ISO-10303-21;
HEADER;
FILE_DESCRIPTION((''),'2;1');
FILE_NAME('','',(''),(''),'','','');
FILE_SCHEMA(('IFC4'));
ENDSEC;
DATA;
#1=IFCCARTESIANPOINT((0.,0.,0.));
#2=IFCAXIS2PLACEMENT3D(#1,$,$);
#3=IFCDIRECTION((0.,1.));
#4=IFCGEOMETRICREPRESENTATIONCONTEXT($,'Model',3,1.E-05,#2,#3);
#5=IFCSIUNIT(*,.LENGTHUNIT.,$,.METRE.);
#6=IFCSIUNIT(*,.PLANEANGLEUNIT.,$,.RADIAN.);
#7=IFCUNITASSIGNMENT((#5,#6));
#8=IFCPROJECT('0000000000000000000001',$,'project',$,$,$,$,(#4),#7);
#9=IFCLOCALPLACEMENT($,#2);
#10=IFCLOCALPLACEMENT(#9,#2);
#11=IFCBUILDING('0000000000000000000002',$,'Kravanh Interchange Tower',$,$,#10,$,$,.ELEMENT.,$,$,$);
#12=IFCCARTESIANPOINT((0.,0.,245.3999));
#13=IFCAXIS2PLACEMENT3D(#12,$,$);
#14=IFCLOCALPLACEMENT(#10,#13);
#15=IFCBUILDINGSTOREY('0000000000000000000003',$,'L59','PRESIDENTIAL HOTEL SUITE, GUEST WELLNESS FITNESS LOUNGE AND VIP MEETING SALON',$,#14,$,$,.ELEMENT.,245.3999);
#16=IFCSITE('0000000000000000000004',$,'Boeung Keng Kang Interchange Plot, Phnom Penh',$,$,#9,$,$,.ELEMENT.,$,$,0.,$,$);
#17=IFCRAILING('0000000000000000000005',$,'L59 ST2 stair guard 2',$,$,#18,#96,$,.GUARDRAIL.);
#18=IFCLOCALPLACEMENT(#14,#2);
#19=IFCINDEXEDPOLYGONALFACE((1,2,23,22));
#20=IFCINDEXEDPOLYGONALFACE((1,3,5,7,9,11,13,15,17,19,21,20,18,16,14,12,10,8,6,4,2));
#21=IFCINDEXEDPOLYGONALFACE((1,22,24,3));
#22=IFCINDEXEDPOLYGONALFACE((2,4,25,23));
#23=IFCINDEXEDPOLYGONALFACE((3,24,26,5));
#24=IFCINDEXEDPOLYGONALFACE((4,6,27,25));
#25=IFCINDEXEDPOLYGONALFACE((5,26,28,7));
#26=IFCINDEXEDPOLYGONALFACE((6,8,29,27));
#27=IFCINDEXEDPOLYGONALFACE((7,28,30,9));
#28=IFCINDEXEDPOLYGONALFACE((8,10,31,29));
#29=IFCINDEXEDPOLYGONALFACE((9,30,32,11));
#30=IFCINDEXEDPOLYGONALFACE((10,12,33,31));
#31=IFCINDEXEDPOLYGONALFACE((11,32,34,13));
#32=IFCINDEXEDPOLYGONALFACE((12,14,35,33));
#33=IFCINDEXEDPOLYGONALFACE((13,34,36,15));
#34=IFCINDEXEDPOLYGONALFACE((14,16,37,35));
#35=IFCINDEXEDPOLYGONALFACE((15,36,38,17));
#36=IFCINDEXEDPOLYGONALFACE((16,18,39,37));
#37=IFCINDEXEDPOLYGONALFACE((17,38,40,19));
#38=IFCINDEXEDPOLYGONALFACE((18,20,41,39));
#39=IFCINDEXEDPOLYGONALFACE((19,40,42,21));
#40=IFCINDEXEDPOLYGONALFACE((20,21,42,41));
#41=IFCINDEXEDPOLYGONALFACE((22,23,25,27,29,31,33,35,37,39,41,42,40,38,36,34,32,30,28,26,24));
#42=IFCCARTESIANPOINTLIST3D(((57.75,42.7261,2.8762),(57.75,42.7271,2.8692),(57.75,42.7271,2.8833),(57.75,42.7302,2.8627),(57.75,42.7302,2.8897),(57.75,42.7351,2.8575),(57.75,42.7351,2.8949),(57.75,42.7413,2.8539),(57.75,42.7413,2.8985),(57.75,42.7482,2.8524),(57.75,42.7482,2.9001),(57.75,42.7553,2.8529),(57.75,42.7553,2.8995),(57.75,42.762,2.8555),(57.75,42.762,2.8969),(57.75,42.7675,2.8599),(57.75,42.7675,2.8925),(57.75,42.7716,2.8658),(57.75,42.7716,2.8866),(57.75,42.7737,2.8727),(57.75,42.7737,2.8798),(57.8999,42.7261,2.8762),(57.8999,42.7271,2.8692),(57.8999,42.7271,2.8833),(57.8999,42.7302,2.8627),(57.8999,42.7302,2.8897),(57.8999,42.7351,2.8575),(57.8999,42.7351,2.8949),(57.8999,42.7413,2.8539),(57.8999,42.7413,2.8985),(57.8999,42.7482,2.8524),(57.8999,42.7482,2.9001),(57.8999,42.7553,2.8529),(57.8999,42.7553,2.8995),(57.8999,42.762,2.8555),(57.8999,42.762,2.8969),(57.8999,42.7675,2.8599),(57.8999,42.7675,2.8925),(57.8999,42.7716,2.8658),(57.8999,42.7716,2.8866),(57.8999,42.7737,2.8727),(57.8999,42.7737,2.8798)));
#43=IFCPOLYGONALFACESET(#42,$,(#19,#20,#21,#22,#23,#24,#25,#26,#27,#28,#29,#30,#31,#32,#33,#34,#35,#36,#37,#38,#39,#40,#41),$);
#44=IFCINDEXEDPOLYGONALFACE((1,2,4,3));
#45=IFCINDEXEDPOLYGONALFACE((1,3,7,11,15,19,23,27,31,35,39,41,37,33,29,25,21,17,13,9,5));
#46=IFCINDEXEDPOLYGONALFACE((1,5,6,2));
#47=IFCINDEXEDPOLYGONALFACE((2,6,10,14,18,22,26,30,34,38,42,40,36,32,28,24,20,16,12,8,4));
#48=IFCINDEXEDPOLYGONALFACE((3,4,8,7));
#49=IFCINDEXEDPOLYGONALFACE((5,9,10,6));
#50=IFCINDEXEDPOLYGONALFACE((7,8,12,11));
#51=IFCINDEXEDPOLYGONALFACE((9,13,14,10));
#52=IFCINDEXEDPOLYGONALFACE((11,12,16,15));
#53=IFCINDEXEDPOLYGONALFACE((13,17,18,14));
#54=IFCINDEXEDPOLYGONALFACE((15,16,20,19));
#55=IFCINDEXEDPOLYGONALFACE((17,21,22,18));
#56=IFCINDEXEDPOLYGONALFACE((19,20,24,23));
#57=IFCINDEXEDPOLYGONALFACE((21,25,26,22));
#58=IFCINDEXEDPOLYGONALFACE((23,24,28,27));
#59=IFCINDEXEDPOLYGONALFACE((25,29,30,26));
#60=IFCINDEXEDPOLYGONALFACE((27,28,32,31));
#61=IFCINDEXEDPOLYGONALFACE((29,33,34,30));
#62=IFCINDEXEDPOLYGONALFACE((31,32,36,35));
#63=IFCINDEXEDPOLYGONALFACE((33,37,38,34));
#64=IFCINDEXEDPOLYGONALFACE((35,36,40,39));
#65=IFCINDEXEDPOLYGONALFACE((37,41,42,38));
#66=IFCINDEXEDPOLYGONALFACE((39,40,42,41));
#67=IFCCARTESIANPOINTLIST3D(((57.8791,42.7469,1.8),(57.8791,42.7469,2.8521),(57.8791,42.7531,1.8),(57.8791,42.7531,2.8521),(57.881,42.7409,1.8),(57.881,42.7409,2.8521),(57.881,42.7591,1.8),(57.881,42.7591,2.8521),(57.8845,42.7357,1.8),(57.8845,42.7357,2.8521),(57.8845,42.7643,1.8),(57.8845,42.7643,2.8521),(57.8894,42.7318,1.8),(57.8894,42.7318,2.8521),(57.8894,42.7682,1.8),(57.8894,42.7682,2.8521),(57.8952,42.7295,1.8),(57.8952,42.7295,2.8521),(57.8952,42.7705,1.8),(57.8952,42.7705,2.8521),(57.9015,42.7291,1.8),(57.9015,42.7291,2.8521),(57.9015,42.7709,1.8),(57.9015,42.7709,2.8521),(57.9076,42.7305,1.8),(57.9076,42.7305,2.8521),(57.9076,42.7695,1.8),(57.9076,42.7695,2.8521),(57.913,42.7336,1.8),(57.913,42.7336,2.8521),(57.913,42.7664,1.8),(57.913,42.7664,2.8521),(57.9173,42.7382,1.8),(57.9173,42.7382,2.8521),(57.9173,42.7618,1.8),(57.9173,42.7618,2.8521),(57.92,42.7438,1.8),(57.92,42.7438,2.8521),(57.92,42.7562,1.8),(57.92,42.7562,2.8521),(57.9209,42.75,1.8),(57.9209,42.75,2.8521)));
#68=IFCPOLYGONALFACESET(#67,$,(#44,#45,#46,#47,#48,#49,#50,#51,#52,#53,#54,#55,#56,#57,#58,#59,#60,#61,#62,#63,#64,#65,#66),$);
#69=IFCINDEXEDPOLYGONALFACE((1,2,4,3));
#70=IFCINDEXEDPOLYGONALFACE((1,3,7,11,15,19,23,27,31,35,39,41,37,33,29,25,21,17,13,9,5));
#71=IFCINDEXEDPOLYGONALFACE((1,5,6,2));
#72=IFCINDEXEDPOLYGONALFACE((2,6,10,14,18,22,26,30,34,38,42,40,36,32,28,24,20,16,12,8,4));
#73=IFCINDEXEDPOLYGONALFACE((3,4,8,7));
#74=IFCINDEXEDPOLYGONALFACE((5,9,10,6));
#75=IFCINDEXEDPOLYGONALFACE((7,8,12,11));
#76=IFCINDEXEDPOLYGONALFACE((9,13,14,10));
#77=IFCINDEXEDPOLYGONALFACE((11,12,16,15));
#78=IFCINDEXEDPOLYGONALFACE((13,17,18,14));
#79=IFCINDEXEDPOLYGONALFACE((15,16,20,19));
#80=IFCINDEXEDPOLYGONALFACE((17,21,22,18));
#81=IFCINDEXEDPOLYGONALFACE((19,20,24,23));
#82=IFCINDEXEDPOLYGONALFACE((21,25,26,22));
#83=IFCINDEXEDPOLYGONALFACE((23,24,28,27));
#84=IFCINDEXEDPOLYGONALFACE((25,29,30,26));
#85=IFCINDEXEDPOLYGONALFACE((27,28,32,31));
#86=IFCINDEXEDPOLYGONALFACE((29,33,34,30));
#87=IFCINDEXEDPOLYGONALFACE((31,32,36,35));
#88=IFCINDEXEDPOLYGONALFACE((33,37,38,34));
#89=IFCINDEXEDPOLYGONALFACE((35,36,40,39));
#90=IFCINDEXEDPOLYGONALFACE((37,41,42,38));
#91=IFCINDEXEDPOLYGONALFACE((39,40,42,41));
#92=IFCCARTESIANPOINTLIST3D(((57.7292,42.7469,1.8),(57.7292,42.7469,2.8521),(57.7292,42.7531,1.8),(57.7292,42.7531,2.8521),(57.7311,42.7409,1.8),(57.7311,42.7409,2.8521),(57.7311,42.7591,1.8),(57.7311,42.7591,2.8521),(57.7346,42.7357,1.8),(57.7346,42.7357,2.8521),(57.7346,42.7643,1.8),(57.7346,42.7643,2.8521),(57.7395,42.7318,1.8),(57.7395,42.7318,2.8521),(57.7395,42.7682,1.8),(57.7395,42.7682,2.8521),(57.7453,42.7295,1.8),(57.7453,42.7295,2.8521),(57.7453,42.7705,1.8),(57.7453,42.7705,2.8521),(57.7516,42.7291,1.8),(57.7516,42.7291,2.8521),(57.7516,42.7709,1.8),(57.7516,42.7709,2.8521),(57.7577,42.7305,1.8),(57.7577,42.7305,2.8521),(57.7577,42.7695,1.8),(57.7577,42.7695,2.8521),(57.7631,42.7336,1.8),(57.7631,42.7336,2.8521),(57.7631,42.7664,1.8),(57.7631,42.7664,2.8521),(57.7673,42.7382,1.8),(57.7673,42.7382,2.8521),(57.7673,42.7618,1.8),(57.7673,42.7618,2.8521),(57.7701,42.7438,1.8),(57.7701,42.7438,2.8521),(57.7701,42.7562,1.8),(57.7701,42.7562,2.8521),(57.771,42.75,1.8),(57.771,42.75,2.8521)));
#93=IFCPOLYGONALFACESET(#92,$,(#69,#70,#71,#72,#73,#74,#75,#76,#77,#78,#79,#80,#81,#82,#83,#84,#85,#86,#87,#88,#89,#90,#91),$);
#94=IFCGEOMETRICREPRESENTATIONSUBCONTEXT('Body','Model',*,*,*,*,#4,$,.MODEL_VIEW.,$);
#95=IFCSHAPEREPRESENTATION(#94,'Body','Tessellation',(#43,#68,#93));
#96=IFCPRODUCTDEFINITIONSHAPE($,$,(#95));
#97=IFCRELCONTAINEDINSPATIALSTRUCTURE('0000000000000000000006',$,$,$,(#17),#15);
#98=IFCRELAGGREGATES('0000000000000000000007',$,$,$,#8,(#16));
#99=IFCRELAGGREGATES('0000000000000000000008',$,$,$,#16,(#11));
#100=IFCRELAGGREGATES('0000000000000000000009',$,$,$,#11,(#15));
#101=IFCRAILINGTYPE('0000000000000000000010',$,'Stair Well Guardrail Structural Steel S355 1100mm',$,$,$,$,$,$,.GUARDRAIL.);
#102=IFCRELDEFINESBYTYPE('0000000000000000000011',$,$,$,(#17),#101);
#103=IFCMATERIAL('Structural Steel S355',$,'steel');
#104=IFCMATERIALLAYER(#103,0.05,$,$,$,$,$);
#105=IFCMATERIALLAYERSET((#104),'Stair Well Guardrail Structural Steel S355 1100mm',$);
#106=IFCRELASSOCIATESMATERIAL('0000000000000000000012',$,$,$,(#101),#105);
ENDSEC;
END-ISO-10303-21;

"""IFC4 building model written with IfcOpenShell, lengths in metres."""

from ifc_helpers import new_model, si_unit, direction, frame, origin, origin_2d, place, context, subcontext, project, spatial, circle, extrude, material, layer, layer_set, type_object, element, save


model = new_model("IFC4")

# Units and contexts
model_context = context("Model", 3, precision=1e-05, world=origin(), true_north=direction((0.0, 1.0)))
body_context = subcontext(model_context, "Body", "Model", "MODEL_VIEW")
ifc_project = project(units=[si_unit("LENGTHUNIT", "METRE"), si_unit("PLANEANGLEUNIT", "RADIAN")], contexts=[model_context])

# Site, building, storey
site_placement = place(None, origin())
site = spatial("IfcSite", under=ifc_project, at=site_placement, Name="Boeung Keng Kang Interchange Plot, Phnom Penh", CompositionType="ELEMENT", RefElevation=0.0)
building_placement = place(site_placement, origin())
building = spatial("IfcBuilding", under=site, at=building_placement, Name="Kravanh Interchange Tower", CompositionType="ELEMENT")
storey_placement = place(building_placement, frame((0.0, 0.0, 245.3999)))
storey = spatial("IfcBuildingStorey", under=building, at=storey_placement, Name="L59", Description="PRESIDENTIAL HOTEL SUITE, GUEST WELLNESS FITNESS LOUNGE AND VIP MEETING SALON", CompositionType="ELEMENT", Elevation=245.3999)

# Railing
ifc_material_1 = material(Name="Structural Steel S355", Category="steel")
ifc_layer_1 = layer(ifc_material_1, 0.05)
ifc_layer_set_1 = layer_set([ifc_layer_1], Name="Stair Well Guardrail Structural Steel S355 1100mm")
railing_type_1 = type_object("IfcRailingType", Name="Stair Well Guardrail Structural Steel S355 1100mm", PredefinedType="GUARDRAIL", material=ifc_layer_set_1)
railing_1_placement = place(storey_placement, frame((57.8999, 42.75, 1.8)))
element("IfcRailing", 1, at=railing_1_placement, inside=storey, type_object=railing_type_1, Name="L59 ST2 stair guard 2", PredefinedType="GUARDRAIL", context=body_context, shape_type="SweptSolid", body=[
    extrude(circle(Radius=0.0239, at=origin_2d()), frame((0.0, 0.0, 1.0762), z_axis=(-1.0, 0.0, 0.0), x_axis=(0.0, -1.0, 0.0)), (0.0, 0.0, 1.0), 0.1499),
    extrude(circle(Radius=0.021, at=origin_2d()), origin(), (0.0, 0.0, 1.0), 1.052),
    extrude(circle(Radius=0.021, at=origin_2d()), frame((-0.1499, 0.0, 0.0)), (0.0, 0.0, 1.0), 1.052),
])

save(model, "model.ifc")
